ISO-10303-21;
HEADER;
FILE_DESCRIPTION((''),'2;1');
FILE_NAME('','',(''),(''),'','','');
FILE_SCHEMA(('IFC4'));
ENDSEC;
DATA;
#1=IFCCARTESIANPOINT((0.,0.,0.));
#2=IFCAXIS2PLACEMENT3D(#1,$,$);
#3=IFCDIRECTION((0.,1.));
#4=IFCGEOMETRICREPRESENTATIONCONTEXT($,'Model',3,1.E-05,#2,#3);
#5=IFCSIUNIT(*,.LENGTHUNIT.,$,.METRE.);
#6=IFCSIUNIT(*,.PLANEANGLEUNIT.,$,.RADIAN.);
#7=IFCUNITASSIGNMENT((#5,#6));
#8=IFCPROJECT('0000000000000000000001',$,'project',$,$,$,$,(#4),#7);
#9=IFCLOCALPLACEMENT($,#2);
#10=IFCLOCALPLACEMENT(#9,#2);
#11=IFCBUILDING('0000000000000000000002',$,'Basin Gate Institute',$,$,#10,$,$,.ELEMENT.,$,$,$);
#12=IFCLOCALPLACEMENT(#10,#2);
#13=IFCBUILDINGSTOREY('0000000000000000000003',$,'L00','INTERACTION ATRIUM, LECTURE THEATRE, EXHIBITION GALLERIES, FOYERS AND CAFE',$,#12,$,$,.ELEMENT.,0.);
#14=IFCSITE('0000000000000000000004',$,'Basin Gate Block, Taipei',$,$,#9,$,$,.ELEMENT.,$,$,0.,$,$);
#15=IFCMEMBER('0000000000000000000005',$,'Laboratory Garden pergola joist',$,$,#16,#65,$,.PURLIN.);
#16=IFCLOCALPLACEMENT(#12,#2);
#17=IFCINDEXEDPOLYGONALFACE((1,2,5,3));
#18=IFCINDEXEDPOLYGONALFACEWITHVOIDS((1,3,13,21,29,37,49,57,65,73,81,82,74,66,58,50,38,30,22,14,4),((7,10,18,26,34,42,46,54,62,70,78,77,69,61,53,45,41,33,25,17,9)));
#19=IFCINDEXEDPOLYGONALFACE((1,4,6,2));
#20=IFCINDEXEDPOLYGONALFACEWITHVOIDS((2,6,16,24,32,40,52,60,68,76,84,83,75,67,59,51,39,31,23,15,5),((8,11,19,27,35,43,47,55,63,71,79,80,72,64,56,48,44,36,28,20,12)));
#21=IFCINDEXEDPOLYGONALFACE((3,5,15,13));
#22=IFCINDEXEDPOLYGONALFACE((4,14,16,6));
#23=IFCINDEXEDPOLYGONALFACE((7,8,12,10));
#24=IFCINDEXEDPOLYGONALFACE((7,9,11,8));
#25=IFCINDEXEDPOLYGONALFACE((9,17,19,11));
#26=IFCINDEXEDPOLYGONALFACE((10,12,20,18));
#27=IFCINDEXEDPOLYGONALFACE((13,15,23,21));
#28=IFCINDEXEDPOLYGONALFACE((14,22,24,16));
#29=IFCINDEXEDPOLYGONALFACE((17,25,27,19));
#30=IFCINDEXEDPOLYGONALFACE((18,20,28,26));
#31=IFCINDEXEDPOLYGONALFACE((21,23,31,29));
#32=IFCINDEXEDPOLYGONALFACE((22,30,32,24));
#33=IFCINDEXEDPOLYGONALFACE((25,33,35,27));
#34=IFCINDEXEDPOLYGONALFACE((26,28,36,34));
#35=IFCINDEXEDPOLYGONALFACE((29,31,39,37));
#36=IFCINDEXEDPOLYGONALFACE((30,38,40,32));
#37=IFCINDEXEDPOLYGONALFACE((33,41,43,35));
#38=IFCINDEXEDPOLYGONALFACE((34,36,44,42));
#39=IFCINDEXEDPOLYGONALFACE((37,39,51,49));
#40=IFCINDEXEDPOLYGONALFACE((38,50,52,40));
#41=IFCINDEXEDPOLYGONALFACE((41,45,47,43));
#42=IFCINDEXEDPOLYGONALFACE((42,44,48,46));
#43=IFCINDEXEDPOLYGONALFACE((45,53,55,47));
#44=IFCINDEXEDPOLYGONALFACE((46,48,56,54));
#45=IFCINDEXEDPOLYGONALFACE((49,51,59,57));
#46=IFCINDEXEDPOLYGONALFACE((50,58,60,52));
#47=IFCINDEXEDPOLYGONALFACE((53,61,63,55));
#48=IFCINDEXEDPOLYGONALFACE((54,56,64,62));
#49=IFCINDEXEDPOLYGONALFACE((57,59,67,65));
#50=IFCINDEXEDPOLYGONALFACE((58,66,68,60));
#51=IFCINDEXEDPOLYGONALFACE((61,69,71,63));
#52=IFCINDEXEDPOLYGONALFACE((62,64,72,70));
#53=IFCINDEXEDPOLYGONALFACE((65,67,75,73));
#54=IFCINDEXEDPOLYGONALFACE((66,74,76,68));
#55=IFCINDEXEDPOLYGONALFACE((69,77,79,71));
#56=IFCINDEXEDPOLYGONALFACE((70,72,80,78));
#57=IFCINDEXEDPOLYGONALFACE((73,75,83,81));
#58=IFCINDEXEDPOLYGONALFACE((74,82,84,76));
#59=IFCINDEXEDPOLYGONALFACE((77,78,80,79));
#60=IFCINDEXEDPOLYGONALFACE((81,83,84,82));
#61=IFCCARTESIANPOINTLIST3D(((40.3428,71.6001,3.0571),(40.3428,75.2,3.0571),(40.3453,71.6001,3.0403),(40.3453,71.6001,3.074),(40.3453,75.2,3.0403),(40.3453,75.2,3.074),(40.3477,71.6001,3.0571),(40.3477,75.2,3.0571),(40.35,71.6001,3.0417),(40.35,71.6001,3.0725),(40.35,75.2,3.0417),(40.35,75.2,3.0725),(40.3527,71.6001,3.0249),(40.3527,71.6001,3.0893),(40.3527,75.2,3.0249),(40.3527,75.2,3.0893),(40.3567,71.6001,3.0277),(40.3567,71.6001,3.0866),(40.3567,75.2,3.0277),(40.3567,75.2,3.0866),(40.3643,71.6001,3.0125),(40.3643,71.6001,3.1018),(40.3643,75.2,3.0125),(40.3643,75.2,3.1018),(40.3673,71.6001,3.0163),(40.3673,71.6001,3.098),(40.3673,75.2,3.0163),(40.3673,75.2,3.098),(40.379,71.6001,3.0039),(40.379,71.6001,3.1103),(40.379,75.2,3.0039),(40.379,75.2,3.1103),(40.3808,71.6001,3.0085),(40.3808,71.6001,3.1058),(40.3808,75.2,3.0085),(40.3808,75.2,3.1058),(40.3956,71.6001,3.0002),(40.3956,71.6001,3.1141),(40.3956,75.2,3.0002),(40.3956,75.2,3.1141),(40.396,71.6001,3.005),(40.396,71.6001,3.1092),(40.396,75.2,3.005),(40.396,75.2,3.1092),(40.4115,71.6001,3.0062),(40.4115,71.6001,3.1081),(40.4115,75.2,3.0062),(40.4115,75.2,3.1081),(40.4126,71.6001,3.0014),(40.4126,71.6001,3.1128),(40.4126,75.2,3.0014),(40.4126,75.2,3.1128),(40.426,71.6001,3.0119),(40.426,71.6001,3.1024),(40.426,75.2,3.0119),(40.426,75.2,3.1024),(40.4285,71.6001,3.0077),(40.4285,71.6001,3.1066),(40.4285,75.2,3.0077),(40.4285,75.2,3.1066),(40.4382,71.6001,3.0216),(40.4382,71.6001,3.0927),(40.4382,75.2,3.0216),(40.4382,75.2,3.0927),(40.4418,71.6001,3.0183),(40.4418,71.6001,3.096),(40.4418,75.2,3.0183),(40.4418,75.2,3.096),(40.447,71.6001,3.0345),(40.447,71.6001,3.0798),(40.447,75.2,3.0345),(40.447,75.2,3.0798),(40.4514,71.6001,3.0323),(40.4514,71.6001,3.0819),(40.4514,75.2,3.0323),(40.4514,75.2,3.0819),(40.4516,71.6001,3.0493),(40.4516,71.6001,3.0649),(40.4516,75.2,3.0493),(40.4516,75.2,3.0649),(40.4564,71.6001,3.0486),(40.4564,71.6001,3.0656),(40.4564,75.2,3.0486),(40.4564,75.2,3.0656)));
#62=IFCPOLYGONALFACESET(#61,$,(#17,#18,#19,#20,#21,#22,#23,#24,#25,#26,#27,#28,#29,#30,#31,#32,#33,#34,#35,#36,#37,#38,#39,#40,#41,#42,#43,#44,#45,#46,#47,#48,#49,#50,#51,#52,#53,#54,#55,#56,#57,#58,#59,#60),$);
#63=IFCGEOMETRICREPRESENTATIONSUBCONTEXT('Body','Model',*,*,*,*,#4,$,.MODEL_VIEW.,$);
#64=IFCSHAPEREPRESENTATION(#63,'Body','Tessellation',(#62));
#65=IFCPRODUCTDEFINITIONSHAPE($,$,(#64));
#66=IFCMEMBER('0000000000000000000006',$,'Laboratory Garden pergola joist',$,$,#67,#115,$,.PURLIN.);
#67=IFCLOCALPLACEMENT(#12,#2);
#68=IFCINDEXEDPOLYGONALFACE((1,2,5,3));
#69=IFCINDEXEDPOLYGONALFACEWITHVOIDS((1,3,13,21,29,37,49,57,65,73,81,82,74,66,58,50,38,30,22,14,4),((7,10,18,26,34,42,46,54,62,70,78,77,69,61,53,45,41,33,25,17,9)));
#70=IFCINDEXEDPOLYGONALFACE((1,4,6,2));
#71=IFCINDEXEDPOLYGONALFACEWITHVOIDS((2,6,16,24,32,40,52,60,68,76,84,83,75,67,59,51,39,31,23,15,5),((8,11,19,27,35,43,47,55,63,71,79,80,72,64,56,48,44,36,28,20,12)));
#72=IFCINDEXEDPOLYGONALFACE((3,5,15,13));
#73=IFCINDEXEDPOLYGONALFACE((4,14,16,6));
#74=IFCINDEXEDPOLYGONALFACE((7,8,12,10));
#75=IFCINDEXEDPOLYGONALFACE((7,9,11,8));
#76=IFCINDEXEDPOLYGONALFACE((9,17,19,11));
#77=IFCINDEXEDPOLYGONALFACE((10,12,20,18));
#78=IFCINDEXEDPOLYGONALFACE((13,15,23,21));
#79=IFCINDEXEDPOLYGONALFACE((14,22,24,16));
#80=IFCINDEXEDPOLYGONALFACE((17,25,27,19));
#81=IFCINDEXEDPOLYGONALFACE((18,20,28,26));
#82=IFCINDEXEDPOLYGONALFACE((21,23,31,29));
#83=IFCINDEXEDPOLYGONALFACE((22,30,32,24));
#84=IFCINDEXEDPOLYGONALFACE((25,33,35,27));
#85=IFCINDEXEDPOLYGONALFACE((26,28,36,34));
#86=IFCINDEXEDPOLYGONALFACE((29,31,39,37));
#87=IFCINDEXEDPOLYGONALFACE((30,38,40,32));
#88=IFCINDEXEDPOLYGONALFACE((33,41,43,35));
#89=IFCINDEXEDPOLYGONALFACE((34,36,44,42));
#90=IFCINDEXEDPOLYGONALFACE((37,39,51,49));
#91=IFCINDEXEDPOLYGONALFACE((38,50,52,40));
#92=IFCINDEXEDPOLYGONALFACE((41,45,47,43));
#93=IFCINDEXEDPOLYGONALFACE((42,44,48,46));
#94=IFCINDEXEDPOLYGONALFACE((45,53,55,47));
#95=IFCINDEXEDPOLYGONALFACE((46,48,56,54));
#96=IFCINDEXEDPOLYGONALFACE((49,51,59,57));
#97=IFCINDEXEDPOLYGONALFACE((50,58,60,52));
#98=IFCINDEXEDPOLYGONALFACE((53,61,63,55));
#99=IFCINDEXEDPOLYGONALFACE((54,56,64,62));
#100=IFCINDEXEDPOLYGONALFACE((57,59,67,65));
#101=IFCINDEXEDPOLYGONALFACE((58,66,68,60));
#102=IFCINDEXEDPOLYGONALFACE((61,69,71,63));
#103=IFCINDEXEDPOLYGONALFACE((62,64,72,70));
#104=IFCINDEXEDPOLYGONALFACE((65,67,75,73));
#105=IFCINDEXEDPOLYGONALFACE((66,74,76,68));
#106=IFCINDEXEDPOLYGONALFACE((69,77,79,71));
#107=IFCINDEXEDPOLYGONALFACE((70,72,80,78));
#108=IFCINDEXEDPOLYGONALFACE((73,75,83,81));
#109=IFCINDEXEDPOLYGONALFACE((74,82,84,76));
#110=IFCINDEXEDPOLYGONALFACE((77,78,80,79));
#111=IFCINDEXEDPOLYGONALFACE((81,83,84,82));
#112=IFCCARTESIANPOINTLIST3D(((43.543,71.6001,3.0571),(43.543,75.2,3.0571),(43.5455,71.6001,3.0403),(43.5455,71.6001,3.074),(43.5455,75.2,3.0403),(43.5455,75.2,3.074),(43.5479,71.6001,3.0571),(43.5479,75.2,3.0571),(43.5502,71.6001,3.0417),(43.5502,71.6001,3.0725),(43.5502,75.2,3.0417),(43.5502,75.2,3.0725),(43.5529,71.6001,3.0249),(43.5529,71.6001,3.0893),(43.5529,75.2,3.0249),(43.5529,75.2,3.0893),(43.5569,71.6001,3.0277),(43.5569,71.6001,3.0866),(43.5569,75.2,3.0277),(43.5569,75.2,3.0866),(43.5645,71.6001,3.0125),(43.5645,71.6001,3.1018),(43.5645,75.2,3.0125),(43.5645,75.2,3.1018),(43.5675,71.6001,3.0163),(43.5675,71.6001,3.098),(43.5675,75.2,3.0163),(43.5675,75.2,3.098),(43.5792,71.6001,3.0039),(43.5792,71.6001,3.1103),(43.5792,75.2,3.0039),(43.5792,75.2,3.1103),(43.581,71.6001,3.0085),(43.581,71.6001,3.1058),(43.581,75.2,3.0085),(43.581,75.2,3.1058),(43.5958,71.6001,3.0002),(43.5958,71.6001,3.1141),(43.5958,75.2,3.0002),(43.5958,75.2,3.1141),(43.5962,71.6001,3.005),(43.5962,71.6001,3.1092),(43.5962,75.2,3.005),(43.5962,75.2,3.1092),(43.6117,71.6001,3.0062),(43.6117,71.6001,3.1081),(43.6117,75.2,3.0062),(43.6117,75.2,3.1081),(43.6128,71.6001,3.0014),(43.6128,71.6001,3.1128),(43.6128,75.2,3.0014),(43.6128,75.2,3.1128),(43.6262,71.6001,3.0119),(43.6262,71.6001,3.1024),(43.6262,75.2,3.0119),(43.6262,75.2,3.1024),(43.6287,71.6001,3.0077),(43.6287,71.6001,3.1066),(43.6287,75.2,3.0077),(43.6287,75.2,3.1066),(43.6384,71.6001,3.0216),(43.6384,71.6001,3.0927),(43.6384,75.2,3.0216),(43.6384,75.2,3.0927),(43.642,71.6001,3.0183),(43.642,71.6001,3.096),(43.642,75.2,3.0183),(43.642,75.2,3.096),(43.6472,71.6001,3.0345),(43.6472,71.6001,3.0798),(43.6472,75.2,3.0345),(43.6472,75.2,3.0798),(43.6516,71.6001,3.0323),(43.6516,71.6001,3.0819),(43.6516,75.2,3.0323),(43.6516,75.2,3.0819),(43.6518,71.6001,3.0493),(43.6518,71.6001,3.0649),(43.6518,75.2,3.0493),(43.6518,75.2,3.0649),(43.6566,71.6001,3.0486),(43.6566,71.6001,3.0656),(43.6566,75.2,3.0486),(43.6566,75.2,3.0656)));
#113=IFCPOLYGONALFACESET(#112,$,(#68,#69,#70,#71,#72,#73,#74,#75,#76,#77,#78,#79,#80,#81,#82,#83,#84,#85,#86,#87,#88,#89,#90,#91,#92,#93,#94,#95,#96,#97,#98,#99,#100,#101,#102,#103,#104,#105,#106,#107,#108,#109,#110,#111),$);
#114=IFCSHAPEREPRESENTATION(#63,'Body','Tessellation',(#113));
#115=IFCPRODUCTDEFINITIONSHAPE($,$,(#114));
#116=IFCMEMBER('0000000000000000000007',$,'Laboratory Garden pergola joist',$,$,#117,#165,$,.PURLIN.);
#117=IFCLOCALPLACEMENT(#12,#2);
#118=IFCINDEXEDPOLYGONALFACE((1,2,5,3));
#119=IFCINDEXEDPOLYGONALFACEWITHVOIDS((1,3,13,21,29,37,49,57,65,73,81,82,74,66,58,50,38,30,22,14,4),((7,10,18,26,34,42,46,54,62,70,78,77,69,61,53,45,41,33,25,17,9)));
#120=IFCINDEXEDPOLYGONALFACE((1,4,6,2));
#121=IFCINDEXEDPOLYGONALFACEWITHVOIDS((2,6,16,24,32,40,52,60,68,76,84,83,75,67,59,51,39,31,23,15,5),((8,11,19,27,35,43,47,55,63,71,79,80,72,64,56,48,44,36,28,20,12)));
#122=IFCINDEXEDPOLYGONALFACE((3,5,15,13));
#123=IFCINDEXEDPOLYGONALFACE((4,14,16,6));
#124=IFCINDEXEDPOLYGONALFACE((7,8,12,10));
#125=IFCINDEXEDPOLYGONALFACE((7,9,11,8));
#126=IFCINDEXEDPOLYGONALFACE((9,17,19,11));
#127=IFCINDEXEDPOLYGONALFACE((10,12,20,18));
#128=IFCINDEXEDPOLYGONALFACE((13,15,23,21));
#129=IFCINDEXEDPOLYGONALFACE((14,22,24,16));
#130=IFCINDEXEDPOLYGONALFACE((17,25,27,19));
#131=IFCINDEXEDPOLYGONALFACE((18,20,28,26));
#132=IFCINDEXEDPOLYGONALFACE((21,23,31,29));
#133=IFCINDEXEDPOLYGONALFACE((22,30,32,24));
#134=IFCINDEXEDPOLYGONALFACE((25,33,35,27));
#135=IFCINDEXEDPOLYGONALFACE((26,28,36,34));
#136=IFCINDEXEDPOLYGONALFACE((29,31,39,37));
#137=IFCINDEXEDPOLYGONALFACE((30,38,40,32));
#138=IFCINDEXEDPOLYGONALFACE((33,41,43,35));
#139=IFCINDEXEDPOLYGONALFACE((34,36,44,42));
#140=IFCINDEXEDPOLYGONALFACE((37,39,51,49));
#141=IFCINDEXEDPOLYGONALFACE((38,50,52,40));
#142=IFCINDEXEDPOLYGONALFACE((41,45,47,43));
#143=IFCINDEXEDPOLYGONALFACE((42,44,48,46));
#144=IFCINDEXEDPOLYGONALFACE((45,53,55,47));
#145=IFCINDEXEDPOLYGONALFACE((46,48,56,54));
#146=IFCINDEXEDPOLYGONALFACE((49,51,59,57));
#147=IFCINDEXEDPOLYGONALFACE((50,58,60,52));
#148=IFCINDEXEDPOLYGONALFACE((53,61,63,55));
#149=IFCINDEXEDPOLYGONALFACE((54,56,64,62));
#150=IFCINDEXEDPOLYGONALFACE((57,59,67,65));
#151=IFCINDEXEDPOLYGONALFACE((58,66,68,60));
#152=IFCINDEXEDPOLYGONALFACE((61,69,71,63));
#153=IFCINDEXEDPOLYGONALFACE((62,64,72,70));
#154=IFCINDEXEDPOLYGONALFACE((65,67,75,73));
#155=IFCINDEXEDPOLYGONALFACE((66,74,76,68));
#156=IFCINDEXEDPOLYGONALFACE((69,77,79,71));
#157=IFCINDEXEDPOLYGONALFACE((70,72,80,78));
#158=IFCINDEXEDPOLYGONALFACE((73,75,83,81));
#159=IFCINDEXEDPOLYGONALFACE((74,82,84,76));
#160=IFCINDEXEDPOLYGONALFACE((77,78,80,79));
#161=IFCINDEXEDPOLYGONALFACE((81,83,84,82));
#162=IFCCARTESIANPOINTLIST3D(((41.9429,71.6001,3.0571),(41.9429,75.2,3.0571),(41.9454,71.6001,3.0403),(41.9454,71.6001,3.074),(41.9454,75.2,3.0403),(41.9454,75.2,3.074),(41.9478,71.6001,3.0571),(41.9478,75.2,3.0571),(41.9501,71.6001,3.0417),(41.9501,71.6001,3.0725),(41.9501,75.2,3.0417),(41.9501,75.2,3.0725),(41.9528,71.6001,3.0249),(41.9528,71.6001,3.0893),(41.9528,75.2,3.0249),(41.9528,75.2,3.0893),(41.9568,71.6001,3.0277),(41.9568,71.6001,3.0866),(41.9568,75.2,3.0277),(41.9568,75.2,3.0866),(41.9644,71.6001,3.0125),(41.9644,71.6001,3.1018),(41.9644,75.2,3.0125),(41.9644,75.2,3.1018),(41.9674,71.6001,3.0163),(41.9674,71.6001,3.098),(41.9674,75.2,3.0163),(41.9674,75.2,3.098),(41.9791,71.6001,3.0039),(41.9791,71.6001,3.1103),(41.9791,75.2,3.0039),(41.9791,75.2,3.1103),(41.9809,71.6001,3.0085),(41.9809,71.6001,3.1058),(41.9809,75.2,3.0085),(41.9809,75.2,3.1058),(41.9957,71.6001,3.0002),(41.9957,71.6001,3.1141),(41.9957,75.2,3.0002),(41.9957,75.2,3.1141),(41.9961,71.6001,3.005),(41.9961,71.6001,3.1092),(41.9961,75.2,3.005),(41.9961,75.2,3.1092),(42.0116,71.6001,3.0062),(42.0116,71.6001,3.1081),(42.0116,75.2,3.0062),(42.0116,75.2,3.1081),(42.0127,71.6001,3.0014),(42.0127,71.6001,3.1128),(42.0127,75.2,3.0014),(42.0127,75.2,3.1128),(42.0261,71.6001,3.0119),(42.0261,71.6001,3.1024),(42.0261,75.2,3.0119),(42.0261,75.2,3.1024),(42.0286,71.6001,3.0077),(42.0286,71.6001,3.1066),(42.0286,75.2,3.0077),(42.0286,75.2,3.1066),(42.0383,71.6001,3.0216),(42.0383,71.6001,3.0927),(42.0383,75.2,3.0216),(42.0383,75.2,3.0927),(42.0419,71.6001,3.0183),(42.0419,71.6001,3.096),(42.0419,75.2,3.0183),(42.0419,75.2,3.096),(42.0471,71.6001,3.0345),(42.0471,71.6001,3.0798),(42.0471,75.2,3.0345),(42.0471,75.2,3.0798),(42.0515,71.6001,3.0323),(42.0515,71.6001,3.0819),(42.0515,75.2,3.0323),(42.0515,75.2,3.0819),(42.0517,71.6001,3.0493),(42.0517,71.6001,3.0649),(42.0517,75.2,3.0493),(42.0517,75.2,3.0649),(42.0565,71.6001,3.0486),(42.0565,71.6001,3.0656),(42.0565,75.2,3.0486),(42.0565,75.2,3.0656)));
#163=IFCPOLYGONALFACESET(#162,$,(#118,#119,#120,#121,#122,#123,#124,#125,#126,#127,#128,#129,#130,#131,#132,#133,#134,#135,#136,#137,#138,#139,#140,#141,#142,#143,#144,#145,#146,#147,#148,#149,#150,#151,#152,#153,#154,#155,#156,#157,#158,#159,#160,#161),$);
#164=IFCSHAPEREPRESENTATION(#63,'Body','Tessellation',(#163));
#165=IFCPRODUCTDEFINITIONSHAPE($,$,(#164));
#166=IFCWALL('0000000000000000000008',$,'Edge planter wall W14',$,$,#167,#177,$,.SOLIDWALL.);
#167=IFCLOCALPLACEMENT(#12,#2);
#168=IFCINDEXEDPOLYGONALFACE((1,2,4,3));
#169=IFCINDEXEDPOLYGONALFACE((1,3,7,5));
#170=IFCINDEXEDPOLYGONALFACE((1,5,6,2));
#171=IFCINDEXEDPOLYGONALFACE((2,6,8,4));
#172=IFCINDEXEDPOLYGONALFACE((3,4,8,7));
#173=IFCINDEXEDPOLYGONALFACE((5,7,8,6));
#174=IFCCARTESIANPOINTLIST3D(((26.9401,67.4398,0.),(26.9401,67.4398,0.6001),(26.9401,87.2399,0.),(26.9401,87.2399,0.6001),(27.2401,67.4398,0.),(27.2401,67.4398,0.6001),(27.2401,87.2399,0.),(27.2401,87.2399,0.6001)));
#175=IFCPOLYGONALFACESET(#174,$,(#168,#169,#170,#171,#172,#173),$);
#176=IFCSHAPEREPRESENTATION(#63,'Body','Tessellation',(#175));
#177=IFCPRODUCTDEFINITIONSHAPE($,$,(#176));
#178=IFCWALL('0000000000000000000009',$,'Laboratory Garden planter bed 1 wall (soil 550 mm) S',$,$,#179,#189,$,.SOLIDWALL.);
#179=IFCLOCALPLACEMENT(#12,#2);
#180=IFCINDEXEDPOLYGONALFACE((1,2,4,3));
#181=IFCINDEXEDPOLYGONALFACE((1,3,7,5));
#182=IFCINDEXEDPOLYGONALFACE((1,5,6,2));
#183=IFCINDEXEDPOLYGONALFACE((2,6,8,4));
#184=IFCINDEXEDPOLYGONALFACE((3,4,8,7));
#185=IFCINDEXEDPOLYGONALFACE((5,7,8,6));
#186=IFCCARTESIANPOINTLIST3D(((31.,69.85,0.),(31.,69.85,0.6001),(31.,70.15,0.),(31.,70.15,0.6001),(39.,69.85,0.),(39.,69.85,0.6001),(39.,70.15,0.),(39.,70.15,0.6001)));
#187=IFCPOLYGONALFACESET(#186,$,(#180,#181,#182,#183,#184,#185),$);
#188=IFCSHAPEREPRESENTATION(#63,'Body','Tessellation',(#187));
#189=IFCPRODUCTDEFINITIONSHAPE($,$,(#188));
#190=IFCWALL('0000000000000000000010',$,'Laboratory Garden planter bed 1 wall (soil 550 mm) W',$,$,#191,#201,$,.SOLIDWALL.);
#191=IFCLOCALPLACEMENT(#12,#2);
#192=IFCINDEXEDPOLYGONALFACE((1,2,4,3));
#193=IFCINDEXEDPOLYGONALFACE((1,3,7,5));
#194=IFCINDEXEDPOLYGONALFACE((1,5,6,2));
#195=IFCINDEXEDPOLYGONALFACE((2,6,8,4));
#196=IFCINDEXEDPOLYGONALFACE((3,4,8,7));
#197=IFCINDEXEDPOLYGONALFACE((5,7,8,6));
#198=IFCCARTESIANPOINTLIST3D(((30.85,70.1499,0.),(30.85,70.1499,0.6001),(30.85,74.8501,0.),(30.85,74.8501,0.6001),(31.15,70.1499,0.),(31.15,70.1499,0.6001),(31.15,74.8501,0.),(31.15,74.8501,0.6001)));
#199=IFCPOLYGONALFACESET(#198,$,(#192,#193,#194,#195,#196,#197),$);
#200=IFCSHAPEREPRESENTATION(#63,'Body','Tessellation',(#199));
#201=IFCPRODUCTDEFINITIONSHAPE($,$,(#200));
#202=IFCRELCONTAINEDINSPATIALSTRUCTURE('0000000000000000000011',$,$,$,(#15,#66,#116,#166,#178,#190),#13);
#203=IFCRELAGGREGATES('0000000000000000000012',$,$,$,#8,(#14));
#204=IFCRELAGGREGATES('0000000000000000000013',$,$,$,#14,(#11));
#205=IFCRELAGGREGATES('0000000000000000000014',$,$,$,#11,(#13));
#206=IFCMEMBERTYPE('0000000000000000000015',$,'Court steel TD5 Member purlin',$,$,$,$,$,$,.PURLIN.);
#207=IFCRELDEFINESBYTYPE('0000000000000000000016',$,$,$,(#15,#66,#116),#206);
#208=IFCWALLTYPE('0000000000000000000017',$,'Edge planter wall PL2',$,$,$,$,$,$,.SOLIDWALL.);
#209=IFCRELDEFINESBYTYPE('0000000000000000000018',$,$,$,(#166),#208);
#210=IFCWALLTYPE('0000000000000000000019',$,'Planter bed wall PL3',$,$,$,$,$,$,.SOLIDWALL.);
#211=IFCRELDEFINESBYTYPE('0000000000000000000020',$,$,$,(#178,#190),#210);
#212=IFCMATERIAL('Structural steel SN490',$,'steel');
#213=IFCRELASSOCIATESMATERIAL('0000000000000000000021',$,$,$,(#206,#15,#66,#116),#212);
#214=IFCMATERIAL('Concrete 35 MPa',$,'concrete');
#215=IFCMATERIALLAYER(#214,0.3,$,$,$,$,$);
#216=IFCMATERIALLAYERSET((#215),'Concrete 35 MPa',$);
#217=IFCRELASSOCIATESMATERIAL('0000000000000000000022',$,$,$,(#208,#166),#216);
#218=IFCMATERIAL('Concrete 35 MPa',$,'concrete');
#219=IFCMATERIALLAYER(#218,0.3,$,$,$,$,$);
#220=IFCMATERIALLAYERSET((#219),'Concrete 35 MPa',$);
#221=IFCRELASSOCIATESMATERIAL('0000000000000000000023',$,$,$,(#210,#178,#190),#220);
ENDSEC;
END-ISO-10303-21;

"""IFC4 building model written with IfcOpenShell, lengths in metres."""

from ifc_helpers import new_model, si_unit, direction, frame, frame_2d, origin, origin_2d, place, context, subcontext, project, spatial, rectangle, hollow_circle, extrude, material, layer, layer_set, material_profile, profile_set, type_object, element, save


model = new_model("IFC4")

# Units and contexts
model_context = context("Model", 3, precision=1e-05, world=origin(), true_north=direction((0.0, 1.0)))
body_context = subcontext(model_context, "Body", "Model", "MODEL_VIEW")
ifc_project = project(units=[si_unit("LENGTHUNIT", "METRE"), si_unit("PLANEANGLEUNIT", "RADIAN")], contexts=[model_context])

# Site, building, storey
site_placement = place(None, origin())
site = spatial("IfcSite", under=ifc_project, at=site_placement, Name="Basin Gate Block, Taipei", CompositionType="ELEMENT", RefElevation=0.0)
building_placement = place(site_placement, origin())
building = spatial("IfcBuilding", under=site, at=building_placement, Name="Basin Gate Institute", CompositionType="ELEMENT")
storey_placement = place(building_placement, origin())
storey = spatial("IfcBuildingStorey", under=building, at=storey_placement, Name="L00", Description="INTERACTION ATRIUM, LECTURE THEATRE, EXHIBITION GALLERIES, FOYERS AND CAFE", CompositionType="ELEMENT", Elevation=0.0)

# Members
ifc_material_1 = material(Name="Structural steel SN490", Category="steel")
ifc_material_profile_1 = material_profile(ifc_material_1, hollow_circle(Radius=0.0571, WallThickness=0.0049, at=origin_2d()), Name="CHS114x5")
ifc_profile_set_1 = profile_set([ifc_material_profile_1], Name="Structural steel SN490")
member_type = type_object("IfcMemberType", Name="Court steel TD5 Member purlin", PredefinedType="PURLIN", material=ifc_profile_set_1)
for number, where, z_axis, x_axis, name in (
    (1, (40.3999, 71.6001, 3.0571), (0.0, 1.0, 0.0), (-1.0, 0.0, 0.0), "Laboratory Garden pergola joist"),
    (2, (43.6001, 71.6001, 3.0571), (0.0, 1.0, 0.0), (-1.0, 0.0, 0.0), "Laboratory Garden pergola joist"),
    (3, (42.0, 71.6001, 3.0571), (0.0, 1.0, 0.0), (-1.0, 0.0, 0.0), "Laboratory Garden pergola joist"),
):
    element("IfcMember", number, at=place(storey_placement, frame(where, z_axis=z_axis, x_axis=x_axis)), inside=storey, type_object=member_type, material=ifc_profile_set_1, Name=name, PredefinedType="PURLIN", context=body_context, shape_type="SweptSolid", body=[
        extrude(hollow_circle(Radius=0.0571, WallThickness=0.0049, at=origin_2d()), origin(), (0.0, 0.0, 1.0), 3.5999),
    ])

# Walls
ifc_material_2 = material(Name="Concrete 35 MPa", Category="concrete")
ifc_layer_1 = layer(ifc_material_2, 0.3)
ifc_layer_set_1 = layer_set([ifc_layer_1], Name="Concrete 35 MPa")
wall_type_1 = type_object("IfcWallType", Name="Edge planter wall PL2", PredefinedType="SOLIDWALL", material=ifc_layer_set_1)
wall_1_placement = place(storey_placement, frame((27.0901, 67.4399, 0.0), z_axis=(0.0, 0.0, 1.0), x_axis=(0.0, 1.0, 0.0)))
element("IfcWall", 4, at=wall_1_placement, inside=storey, type_object=wall_type_1, material=ifc_layer_set_1, Name="Edge planter wall W14", PredefinedType="SOLIDWALL", context=body_context, shape_type="SweptSolid", body=[
    extrude(rectangle(XDim=19.8, YDim=0.3, at=frame_2d((9.8999, 0.0))), origin(), (0.0, 0.0, 1.0), 0.6001),
])
ifc_material_3 = material(Name="Concrete 35 MPa", Category="concrete")
ifc_layer_2 = layer(ifc_material_3, 0.3)
ifc_layer_set_2 = layer_set([ifc_layer_2], Name="Concrete 35 MPa")
wall_type_2 = type_object("IfcWallType", Name="Planter bed wall PL3", PredefinedType="SOLIDWALL", material=ifc_layer_set_2)
wall_2_placement = place(storey_placement, frame((31.0, 70.0, 0.0), z_axis=(0.0, 0.0, 1.0), x_axis=(1.0, 0.0, 0.0)))
element("IfcWall", 5, at=wall_2_placement, inside=storey, type_object=wall_type_2, material=ifc_layer_set_2, Name="Laboratory Garden planter bed 1 wall (soil 550 mm) S", PredefinedType="SOLIDWALL", context=body_context, shape_type="SweptSolid", body=[
    extrude(rectangle(XDim=8.0, YDim=0.3, at=frame_2d((4.0, 0.0))), origin(), (0.0, 0.0, 1.0), 0.6001),
])
for number, where, z_axis, x_axis, name in (
    (6, (31.0, 70.1499, 0.0), (0.0, 0.0, 1.0), (0.0, 1.0, 0.0), "Laboratory Garden planter bed 1 wall (soil 550 mm) W"),
):
    element("IfcWall", number, at=place(storey_placement, frame(where, z_axis=z_axis, x_axis=x_axis)), inside=storey, type_object=wall_type_2, material=ifc_layer_set_2, Name=name, PredefinedType="SOLIDWALL", context=body_context, shape_type="SweptSolid", body=[
        extrude(rectangle(XDim=4.7002, YDim=0.3, at=frame_2d((2.3501, 0.0))), origin(), (0.0, 0.0, 1.0), 0.6001),
    ])

save(model, "model.ifc")
